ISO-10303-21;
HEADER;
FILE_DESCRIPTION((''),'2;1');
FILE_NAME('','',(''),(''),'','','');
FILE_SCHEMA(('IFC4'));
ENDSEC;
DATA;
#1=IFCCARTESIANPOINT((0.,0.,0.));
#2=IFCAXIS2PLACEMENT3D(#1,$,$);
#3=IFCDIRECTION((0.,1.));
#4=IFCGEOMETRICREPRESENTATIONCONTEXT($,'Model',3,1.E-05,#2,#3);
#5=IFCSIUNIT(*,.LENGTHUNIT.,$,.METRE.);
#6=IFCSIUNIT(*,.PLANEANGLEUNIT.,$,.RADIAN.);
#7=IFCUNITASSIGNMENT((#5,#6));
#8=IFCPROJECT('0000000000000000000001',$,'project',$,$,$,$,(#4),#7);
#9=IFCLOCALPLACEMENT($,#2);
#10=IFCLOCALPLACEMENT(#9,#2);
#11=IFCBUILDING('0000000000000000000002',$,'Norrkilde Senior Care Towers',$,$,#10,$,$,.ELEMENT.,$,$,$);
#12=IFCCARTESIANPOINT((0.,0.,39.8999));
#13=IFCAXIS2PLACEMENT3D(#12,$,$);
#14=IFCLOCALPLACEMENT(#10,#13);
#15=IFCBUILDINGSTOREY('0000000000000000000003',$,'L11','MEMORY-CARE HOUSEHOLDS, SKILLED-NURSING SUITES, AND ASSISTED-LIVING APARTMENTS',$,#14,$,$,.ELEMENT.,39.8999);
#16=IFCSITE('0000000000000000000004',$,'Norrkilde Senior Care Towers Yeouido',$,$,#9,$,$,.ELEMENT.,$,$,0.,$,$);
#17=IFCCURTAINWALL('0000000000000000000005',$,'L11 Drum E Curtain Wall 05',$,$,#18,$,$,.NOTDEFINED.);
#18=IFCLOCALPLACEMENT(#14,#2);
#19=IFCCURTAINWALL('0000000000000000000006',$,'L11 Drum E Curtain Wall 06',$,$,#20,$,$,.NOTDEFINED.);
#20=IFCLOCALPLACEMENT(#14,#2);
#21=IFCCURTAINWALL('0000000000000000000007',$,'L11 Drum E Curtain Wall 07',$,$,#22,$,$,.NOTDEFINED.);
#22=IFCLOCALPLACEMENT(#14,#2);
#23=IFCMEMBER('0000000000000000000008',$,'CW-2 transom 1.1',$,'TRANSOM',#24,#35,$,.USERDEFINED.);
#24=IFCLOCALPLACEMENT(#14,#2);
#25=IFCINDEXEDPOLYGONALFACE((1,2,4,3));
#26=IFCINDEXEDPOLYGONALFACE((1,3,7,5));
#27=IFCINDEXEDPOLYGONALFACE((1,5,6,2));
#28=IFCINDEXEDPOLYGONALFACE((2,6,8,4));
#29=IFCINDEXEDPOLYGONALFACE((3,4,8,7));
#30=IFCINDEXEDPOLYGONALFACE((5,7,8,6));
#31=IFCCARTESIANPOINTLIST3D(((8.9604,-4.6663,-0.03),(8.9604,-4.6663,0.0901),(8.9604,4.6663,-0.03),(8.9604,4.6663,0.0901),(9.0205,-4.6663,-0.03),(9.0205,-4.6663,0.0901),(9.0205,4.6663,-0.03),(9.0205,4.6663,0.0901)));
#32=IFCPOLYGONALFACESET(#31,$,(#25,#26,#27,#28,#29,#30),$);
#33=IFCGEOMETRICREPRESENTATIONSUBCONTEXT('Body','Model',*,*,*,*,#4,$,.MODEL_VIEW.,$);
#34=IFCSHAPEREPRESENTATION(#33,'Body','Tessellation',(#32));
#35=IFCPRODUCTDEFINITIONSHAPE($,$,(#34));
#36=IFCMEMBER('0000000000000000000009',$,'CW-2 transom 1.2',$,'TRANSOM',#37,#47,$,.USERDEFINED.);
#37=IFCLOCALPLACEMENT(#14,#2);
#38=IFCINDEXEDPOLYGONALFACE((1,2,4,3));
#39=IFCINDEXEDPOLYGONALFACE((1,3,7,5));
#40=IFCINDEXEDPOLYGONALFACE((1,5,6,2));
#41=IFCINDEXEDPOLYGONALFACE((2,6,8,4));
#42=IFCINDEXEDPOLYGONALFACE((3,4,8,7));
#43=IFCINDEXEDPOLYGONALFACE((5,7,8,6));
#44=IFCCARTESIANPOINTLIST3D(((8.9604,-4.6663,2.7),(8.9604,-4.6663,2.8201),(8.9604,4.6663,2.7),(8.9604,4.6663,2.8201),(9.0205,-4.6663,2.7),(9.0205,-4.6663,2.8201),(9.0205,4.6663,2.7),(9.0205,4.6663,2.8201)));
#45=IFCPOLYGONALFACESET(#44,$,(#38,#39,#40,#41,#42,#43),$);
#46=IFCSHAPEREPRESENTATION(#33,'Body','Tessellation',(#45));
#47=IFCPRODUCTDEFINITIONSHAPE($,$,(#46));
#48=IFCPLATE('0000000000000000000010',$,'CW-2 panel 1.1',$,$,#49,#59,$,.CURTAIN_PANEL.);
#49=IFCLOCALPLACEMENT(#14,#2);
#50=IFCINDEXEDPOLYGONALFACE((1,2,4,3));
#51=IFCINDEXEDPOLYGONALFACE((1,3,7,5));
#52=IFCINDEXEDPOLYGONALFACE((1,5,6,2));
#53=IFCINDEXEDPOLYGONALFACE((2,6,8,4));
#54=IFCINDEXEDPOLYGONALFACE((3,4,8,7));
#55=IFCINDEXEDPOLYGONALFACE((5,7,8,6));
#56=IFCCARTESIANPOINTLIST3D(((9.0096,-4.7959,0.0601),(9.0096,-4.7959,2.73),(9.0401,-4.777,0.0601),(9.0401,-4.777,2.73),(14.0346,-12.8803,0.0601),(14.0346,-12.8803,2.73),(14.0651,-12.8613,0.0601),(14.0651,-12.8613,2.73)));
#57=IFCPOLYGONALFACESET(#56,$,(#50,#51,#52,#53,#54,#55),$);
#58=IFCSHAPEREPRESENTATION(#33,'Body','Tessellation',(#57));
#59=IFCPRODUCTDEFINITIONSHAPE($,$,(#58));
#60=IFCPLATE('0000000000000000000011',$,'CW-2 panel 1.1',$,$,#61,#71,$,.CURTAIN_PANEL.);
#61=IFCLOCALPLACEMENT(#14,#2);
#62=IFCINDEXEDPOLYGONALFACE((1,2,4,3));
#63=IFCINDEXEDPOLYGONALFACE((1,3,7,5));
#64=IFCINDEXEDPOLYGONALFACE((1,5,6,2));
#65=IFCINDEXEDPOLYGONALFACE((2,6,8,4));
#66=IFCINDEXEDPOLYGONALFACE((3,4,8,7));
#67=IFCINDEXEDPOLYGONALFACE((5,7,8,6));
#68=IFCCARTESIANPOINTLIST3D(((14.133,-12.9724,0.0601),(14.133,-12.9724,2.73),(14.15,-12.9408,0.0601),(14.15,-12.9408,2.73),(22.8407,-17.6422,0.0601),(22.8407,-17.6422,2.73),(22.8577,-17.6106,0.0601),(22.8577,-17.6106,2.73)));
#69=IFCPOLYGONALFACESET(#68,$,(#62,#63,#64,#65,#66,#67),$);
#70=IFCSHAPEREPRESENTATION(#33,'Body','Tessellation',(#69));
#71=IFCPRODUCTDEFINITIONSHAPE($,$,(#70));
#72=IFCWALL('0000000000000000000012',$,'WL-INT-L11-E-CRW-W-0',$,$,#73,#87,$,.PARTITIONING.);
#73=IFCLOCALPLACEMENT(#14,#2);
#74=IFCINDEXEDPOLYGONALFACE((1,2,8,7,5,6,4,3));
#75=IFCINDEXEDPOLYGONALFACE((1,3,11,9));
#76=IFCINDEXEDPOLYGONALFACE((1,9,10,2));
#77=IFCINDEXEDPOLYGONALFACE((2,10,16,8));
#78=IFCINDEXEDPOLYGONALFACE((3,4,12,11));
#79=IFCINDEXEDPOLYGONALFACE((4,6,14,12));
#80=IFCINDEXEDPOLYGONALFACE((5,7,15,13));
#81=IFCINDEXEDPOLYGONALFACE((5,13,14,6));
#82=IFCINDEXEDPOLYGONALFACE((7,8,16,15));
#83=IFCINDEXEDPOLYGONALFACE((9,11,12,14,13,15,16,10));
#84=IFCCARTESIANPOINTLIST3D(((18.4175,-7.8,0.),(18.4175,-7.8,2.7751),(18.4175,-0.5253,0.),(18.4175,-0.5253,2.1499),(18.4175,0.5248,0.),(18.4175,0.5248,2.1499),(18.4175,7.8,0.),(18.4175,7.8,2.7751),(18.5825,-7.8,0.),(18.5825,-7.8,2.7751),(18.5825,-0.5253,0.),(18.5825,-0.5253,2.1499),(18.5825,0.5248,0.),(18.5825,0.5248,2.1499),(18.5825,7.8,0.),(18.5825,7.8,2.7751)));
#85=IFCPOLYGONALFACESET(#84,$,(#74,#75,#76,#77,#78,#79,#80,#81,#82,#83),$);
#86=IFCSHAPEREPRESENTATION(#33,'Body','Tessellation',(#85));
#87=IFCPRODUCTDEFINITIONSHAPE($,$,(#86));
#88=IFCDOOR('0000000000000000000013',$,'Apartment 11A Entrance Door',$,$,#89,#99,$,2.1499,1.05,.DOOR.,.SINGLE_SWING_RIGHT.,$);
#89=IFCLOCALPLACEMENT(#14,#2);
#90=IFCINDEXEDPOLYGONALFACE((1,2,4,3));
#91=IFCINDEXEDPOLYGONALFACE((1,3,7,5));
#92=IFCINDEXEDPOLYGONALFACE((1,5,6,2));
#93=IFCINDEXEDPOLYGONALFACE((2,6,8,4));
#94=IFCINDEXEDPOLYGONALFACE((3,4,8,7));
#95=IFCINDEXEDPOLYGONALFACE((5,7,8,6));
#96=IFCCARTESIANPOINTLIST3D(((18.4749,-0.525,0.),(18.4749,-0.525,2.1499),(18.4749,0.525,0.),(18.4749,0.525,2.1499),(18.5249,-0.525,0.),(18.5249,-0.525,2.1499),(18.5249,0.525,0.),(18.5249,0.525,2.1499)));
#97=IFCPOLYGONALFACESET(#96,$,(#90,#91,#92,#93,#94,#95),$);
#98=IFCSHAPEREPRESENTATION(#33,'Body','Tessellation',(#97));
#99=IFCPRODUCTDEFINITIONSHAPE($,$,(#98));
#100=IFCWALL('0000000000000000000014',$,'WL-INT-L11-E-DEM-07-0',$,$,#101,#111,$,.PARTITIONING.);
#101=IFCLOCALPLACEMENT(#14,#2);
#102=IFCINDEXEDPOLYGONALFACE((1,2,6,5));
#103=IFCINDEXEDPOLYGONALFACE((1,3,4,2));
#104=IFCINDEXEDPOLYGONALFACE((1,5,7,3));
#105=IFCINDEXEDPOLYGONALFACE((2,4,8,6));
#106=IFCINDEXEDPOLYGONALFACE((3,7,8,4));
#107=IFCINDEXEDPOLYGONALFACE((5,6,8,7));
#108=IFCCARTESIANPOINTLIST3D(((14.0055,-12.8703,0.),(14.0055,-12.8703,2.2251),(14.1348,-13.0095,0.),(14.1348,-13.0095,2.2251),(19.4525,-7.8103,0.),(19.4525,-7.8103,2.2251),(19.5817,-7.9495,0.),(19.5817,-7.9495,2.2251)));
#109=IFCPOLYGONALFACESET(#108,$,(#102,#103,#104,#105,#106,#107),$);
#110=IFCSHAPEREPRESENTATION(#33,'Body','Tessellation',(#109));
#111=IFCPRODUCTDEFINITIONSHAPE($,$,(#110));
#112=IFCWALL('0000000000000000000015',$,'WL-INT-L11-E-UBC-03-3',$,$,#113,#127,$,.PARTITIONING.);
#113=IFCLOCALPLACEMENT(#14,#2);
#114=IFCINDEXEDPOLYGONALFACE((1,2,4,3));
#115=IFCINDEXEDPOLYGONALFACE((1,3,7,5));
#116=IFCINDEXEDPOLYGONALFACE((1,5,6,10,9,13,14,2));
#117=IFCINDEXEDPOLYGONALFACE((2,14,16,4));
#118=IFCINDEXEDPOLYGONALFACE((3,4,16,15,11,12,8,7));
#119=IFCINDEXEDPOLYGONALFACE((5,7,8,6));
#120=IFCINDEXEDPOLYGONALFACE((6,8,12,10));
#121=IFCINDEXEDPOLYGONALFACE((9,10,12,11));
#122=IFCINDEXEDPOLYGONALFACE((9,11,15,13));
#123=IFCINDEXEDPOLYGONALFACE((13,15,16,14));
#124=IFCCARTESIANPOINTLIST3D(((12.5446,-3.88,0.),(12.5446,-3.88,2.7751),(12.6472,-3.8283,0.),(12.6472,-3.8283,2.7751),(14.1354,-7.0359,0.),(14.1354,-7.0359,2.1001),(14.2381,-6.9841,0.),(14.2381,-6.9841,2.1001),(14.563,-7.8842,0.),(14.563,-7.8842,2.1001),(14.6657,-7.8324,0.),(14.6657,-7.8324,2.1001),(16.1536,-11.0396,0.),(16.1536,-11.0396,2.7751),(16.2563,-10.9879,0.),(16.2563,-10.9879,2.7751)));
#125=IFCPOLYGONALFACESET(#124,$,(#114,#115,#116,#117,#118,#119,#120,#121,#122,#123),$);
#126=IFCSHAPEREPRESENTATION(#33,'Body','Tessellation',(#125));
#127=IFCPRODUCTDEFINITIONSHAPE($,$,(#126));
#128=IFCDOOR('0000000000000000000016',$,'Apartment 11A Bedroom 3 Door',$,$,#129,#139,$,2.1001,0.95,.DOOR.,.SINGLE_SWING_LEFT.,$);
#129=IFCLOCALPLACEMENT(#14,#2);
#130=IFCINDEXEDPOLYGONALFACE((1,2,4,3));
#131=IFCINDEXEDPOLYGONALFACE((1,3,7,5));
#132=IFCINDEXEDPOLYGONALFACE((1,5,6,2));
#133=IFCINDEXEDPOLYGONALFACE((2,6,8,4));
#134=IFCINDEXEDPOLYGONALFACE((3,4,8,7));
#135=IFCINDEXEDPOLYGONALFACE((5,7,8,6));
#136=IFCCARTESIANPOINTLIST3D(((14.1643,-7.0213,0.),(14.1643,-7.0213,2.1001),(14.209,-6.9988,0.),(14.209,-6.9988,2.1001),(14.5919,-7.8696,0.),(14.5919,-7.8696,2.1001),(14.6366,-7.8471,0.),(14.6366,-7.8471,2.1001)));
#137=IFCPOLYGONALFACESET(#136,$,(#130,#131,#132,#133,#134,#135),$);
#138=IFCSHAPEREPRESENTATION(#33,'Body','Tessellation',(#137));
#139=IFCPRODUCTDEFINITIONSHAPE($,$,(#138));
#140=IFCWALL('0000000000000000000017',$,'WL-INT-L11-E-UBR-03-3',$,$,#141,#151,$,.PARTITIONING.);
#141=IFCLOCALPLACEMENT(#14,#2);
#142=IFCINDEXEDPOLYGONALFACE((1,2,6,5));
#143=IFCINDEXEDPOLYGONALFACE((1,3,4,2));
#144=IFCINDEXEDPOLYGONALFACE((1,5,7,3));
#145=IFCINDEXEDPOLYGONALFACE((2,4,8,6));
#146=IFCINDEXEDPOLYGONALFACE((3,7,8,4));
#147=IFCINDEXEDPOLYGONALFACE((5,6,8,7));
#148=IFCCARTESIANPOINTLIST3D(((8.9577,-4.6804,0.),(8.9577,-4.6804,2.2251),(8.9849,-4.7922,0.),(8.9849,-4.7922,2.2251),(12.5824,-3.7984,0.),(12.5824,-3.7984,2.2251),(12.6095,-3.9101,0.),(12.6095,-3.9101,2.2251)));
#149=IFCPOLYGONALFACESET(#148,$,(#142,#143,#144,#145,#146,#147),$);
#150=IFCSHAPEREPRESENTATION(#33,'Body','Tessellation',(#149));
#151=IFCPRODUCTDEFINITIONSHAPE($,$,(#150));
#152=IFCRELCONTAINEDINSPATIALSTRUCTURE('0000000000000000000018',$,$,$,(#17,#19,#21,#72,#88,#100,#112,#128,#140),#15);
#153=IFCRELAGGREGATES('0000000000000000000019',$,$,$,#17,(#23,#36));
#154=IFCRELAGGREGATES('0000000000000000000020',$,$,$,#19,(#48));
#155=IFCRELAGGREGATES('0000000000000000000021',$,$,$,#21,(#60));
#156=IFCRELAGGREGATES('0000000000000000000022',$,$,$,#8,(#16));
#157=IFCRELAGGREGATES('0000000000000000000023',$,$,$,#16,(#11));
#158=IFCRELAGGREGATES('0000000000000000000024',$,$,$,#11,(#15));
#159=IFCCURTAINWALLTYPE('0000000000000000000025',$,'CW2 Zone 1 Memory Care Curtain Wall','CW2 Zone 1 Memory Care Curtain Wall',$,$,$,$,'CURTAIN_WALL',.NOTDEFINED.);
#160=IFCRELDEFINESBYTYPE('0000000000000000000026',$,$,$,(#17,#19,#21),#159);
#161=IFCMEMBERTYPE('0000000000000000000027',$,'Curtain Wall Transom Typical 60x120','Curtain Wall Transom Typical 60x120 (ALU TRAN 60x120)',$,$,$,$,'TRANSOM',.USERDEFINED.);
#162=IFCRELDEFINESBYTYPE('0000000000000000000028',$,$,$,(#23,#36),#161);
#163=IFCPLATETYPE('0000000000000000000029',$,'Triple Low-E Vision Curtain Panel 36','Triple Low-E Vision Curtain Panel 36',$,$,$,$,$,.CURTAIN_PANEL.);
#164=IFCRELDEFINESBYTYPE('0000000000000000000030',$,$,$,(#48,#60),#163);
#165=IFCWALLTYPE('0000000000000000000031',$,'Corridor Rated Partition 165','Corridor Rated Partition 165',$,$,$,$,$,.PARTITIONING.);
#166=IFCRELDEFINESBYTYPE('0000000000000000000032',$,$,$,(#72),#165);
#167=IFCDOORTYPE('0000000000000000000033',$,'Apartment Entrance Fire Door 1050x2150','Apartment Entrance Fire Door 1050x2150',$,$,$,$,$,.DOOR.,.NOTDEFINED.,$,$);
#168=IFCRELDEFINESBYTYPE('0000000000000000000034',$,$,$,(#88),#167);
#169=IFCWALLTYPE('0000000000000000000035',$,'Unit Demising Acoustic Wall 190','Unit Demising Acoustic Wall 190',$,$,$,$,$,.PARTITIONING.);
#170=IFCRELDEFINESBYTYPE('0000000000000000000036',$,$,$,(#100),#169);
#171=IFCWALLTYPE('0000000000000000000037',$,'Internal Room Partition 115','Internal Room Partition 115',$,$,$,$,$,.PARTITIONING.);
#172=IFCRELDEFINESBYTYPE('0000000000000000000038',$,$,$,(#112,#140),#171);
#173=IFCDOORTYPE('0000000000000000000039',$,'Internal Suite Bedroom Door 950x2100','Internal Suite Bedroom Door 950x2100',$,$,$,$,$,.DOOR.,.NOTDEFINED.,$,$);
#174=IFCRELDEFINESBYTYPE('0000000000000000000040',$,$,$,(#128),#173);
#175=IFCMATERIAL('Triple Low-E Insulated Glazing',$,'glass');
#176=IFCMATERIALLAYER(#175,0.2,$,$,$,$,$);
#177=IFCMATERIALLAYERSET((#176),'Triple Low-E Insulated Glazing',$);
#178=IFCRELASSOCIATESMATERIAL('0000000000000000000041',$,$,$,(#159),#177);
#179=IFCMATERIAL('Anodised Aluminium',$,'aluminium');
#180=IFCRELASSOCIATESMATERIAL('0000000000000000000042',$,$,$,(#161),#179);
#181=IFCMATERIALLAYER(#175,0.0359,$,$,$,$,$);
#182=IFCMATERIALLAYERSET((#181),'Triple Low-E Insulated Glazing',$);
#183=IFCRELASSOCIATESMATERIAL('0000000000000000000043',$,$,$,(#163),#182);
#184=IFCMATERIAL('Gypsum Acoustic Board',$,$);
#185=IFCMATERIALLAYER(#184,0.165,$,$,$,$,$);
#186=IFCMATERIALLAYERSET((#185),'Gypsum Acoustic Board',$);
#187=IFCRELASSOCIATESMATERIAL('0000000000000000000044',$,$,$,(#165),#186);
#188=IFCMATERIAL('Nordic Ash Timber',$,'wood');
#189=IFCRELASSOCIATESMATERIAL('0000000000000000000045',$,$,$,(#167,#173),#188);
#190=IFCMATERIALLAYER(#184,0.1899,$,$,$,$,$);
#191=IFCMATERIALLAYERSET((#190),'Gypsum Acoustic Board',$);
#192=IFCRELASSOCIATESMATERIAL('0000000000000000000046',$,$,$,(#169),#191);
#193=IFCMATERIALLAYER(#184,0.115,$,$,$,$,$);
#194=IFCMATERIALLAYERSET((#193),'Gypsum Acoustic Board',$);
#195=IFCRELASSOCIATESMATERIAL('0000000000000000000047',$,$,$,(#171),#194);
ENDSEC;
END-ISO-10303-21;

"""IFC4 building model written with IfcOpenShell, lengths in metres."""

from ifc_helpers import new_model, si_unit, direction, frame, frame_2d, origin, origin_2d, place, context, subcontext, project, spatial, rectangle, extrude, source, transform, mapped, material, layer, layer_set, material_profile, profile_set, type_object, type_shapes, element, fill, aggregate, save


model = new_model("IFC4")

# Units and contexts
model_context = context("Model", 3, precision=1e-05, world=origin(), true_north=direction((0.0, 1.0)))
body_context = subcontext(model_context, "Body", "Model", "MODEL_VIEW")
ifc_project = project(units=[si_unit("LENGTHUNIT", "METRE"), si_unit("PLANEANGLEUNIT", "RADIAN")], contexts=[model_context])

# Site, building, storey
site_placement = place(None, origin())
site = spatial("IfcSite", under=ifc_project, at=site_placement, Name="Norrkilde Senior Care Towers Yeouido", CompositionType="ELEMENT", RefElevation=0.0)
building_placement = place(site_placement, origin())
building = spatial("IfcBuilding", under=site, at=building_placement, Name="Norrkilde Senior Care Towers", CompositionType="ELEMENT")
storey_placement = place(building_placement, frame((0.0, 0.0, 39.8999)))
storey = spatial("IfcBuildingStorey", under=building, at=storey_placement, Name="L11", Description="MEMORY-CARE HOUSEHOLDS, SKILLED-NURSING SUITES, AND ASSISTED-LIVING APARTMENTS", CompositionType="ELEMENT", Elevation=39.8999)

# Curtain wall
ifc_material_1 = material(Name="Triple Low-E Insulated Glazing", Category="glass")
ifc_layer_1 = layer(ifc_material_1, 0.2)
ifc_layer_set_1 = layer_set([ifc_layer_1], Name="Triple Low-E Insulated Glazing")
curtain_wall_type = type_object("IfcCurtainWallType", Name="CW2 Zone 1 Memory Care Curtain Wall", Description="CW2 Zone 1 Memory Care Curtain Wall", ElementType="CURTAIN_WALL", PredefinedType="NOTDEFINED", material=ifc_layer_set_1)
curtain_wall_1_placement = place(storey_placement, origin())
curtain_wall_1 = element("IfcCurtainWall", 1, at=curtain_wall_1_placement, inside=storey, type_object=curtain_wall_type, Name="L11 Drum E Curtain Wall 05", PredefinedType="NOTDEFINED")
ifc_material_2 = material(Name="Anodised Aluminium", Category="aluminium")

# Curtain wall
curtain_wall_2_placement = place(storey_placement, origin())
curtain_wall_2 = element("IfcCurtainWall", 2, at=curtain_wall_2_placement, inside=storey, type_object=curtain_wall_type, Name="L11 Drum E Curtain Wall 06", PredefinedType="NOTDEFINED")

# Curtain wall
curtain_wall_3_placement = place(storey_placement, origin())
curtain_wall_3 = element("IfcCurtainWall", 3, at=curtain_wall_3_placement, inside=storey, type_object=curtain_wall_type, Name="L11 Drum E Curtain Wall 07", PredefinedType="NOTDEFINED")

# Members
ifc_material_profile_1 = material_profile(ifc_material_2, rectangle(XDim=0.0601, YDim=0.1201, at=origin_2d()), Name="ALU TRAN 60x120")
ifc_profile_set_1 = profile_set([ifc_material_profile_1], Name="Anodised Aluminium")
member_type_1 = type_object("IfcMemberType", Name="Curtain Wall Transom Typical 60x120", Description="Curtain Wall Transom Typical 60x120 (ALU TRAN 60x120)", ElementType="TRANSOM", PredefinedType="USERDEFINED", material=ifc_profile_set_1)
shared_shape_1 = source(origin(), body_context, "Body", "SweptSolid", [
    extrude(rectangle(XDim=0.0601, YDim=0.1201, at=origin_2d()), origin(), (0.0, 0.0, 1.0), 9.3325),
])
member_1_placement = place(storey_placement, frame((8.9905, -4.6663, 0.03), z_axis=(0.0, 1.0, 0.0), x_axis=(-1.0, 0.0, 0.0)))
member_1 = element("IfcMember", 4, at=member_1_placement, type_object=member_type_1, Name="CW-2 transom 1.1", ObjectType="TRANSOM", PredefinedType="USERDEFINED", context=body_context, shape_type="MappedRepresentation", body=[
    mapped(shared_shape_1, transform((0.0, 0.0, 0.0), x_axis=(1.0, 0.0, 0.0), y_axis=(0.0, 1.0, 0.0), z_axis=(0.0, 0.0, 1.0), scale=1.0)),
])
member_2_placement = place(storey_placement, frame((8.9905, -4.6663, 2.76), z_axis=(0.0, 1.0, 0.0), x_axis=(-1.0, 0.0, 0.0)))
member_2 = element("IfcMember", 5, at=member_2_placement, type_object=member_type_1, Name="CW-2 transom 1.2", ObjectType="TRANSOM", PredefinedType="USERDEFINED", context=body_context, shape_type="MappedRepresentation", body=[
    mapped(shared_shape_1, transform((0.0, 0.0, 0.0), x_axis=(1.0, 0.0, 0.0), y_axis=(0.0, 1.0, 0.0), z_axis=(0.0, 0.0, 1.0), scale=1.0)),
])
aggregate(curtain_wall_1, [member_1, member_2])

# Plates
ifc_layer_2 = layer(ifc_material_1, 0.0359)
ifc_layer_set_2 = layer_set([ifc_layer_2], Name="Triple Low-E Insulated Glazing")
plate_type = type_object("IfcPlateType", Name="Triple Low-E Vision Curtain Panel 36", Description="Triple Low-E Vision Curtain Panel 36", PredefinedType="CURTAIN_PANEL", material=ifc_layer_set_2)
shared_shape_2 = source(origin(), body_context, "Body", "SweptSolid", [
    extrude(rectangle(XDim=9.5188, YDim=0.0359, at=origin_2d()), origin(), (0.0, 0.0, 1.0), 2.6699),
])
plate_1_placement = place(storey_placement, frame((11.5374, -8.8286, 0.0601), z_axis=(0.0, 0.0, 1.0), x_axis=(-0.527901, 0.849306, 0.0)))
plate_1 = element("IfcPlate", 6, at=plate_1_placement, type_object=plate_type, Name="CW-2 panel 1.1", PredefinedType="CURTAIN_PANEL", context=body_context, shape_type="MappedRepresentation", body=[
    mapped(shared_shape_2, transform((0.0, 0.0, 0.0), x_axis=(1.0, 0.0, 0.0), y_axis=(0.0, 1.0, 0.0), z_axis=(0.0, 0.0, 1.0), scale=1.0)),
])
aggregate(curtain_wall_2, [plate_1])
shared_shape_3 = source(origin(), body_context, "Body", "SweptSolid", [
    extrude(rectangle(XDim=9.8809, YDim=0.0359, at=origin_2d()), origin(), (0.0, 0.0, 1.0), 2.6699),
])
type_shapes(plate_type, [shared_shape_2, shared_shape_3])
plate_2_placement = place(storey_placement, frame((18.4954, -15.2915, 0.0601), z_axis=(0.0, 0.0, 1.0), x_axis=(-0.881273, 0.472608, 0.0)))
plate_2 = element("IfcPlate", 7, at=plate_2_placement, type_object=plate_type, Name="CW-2 panel 1.1", PredefinedType="CURTAIN_PANEL", context=body_context, shape_type="MappedRepresentation", body=[
    mapped(shared_shape_3, transform((0.0, 0.0, 0.0), x_axis=(1.0, 0.0, 0.0), y_axis=(0.0, 1.0, 0.0), z_axis=(0.0, 0.0, 1.0), scale=1.0)),
])
aggregate(curtain_wall_3, [plate_2])

# Wall, opening, door
ifc_material_3 = material(Name="Gypsum Acoustic Board")
ifc_layer_3 = layer(ifc_material_3, 0.165)
ifc_layer_set_3 = layer_set([ifc_layer_3], Name="Gypsum Acoustic Board")
wall_type_1 = type_object("IfcWallType", Name="Corridor Rated Partition 165", Description="Corridor Rated Partition 165", PredefinedType="PARTITIONING", material=ifc_layer_set_3)
shared_shape_4 = source(origin(), body_context, "Body", "SweptSolid", [
    extrude(rectangle(XDim=15.6001, YDim=0.165, at=frame_2d((7.8, 0.0))), origin(), (0.0, 0.0, 1.0), 2.7751),
])
type_shapes(wall_type_1, [shared_shape_4])
wall_1_placement = place(storey_placement, frame((18.5, -7.8, 0.0), z_axis=(0.0, 0.0, 1.0), x_axis=(0.0, 1.0, 0.0)))
wall_1 = element("IfcWall", 8, at=wall_1_placement, inside=storey, type_object=wall_type_1, Name="WL-INT-L11-E-CRW-W-0", PredefinedType="PARTITIONING", context=body_context, shape_type="MappedRepresentation", body=[
    mapped(shared_shape_4, transform((0.0, 0.0, 0.0), x_axis=(1.0, 0.0, 0.0), y_axis=(0.0, 1.0, 0.0), z_axis=(0.0, 0.0, 1.0), scale=1.0)),
])
opening_1_placement = place(wall_1_placement, frame((7.2749, 0.0, 0.0)))
opening_1 = element("IfcOpeningElement", 9, at=opening_1_placement, cuts=wall_1, PredefinedType="OPENING", context=body_context, shape_type="SweptSolid", body=[
    extrude(rectangle(XDim=1.05, YDim=2.1499, at=frame_2d((0.5249, 1.075))), frame((0.0, 0.0925, 0.0), z_axis=(0.0, -1.0, 0.0), x_axis=(1.0, 0.0, 0.0)), (0.0, 0.0, 1.0), 0.1851),
])
ifc_material_4 = material(Name="Nordic Ash Timber", Category="wood")
door_type_1 = type_object("IfcDoorType", Name="Apartment Entrance Fire Door 1050x2150", Description="Apartment Entrance Fire Door 1050x2150", OperationType="NOTDEFINED", PredefinedType="DOOR", material=ifc_material_4)
shared_shape_5 = source(origin(), body_context, "Body", "SweptSolid", [
    extrude(rectangle(XDim=1.05, YDim=2.1499, at=frame_2d((0.5249, 1.075))), frame((0.0, 0.0249, 0.0), z_axis=(0.0, -1.0, 0.0), x_axis=(1.0, 0.0, 0.0)), (0.0, 0.0, 1.0), 0.05),
])
type_shapes(door_type_1, [shared_shape_5])
door_1_placement = place(opening_1_placement, frame((1.05, 0.0, 0.0), z_axis=(0.0, 0.0, 1.0), x_axis=(-1.0, 0.0, 0.0)))
door_1 = element("IfcDoor", 10, at=door_1_placement, inside=storey, type_object=door_type_1, Name="Apartment 11A Entrance Door", OperationType="SINGLE_SWING_RIGHT", OverallHeight=2.1499, OverallWidth=1.05, PredefinedType="DOOR", context=body_context, shape_type="MappedRepresentation", body=[
    mapped(shared_shape_5, transform((0.0, 0.0, 0.0), x_axis=(1.0, 0.0, 0.0), y_axis=(0.0, 1.0, 0.0), z_axis=(0.0, 0.0, 1.0), scale=1.0)),
])
fill(opening_1, door_1)

# Wall
ifc_layer_4 = layer(ifc_material_3, 0.1899)
ifc_layer_set_4 = layer_set([ifc_layer_4], Name="Gypsum Acoustic Board")
wall_type_2 = type_object("IfcWallType", Name="Unit Demising Acoustic Wall 190", Description="Unit Demising Acoustic Wall 190", PredefinedType="PARTITIONING", material=ifc_layer_set_4)
shared_shape_6 = source(origin(), body_context, "Body", "SweptSolid", [
    extrude(rectangle(XDim=7.4346, YDim=0.1899, at=frame_2d((3.7173, 0.0))), origin(), (0.0, 0.0, 1.0), 2.2251),
])
type_shapes(wall_type_2, [shared_shape_6])
wall_2_placement = place(storey_placement, frame((19.5171, -7.8799, 0.0), z_axis=(0.0, 0.0, 1.0), x_axis=(-0.732652, -0.680603, 0.0)))
element("IfcWall", 11, at=wall_2_placement, inside=storey, type_object=wall_type_2, Name="WL-INT-L11-E-DEM-07-0", PredefinedType="PARTITIONING", context=body_context, shape_type="MappedRepresentation", body=[
    mapped(shared_shape_6, transform((0.0, 0.0, 0.0), x_axis=(1.0, 0.0, 0.0), y_axis=(0.0, 1.0, 0.0), z_axis=(0.0, 0.0, 1.0), scale=1.0)),
])

# Wall, opening, door
ifc_layer_5 = layer(ifc_material_3, 0.115)
ifc_layer_set_5 = layer_set([ifc_layer_5], Name="Gypsum Acoustic Board")
wall_type_3 = type_object("IfcWallType", Name="Internal Room Partition 115", Description="Internal Room Partition 115", PredefinedType="PARTITIONING", material=ifc_layer_set_5)
shared_shape_7 = source(origin(), body_context, "Body", "SweptSolid", [
    extrude(rectangle(XDim=8.0178, YDim=0.115, at=frame_2d((4.0088, 0.0))), origin(), (0.0, 0.0, 1.0), 2.7751),
])
wall_3_placement = place(storey_placement, frame((12.5959, -3.8542, 0.0), z_axis=(0.0, 0.0, 1.0), x_axis=(0.450134, -0.892961, 0.0)))
wall_3 = element("IfcWall", 12, at=wall_3_placement, inside=storey, type_object=wall_type_3, Name="WL-INT-L11-E-UBC-03-3", PredefinedType="PARTITIONING", context=body_context, shape_type="MappedRepresentation", body=[
    mapped(shared_shape_7, transform((0.0, 0.0, 0.0), x_axis=(1.0, 0.0, 0.0), y_axis=(0.0, 1.0, 0.0), z_axis=(0.0, 0.0, 1.0), scale=1.0)),
])
opening_2_placement = place(wall_3_placement, frame((3.5339, 0.0, 0.0)))
opening_2 = element("IfcOpeningElement", 13, at=opening_2_placement, cuts=wall_3, PredefinedType="OPENING", context=body_context, shape_type="SweptSolid", body=[
    extrude(rectangle(XDim=0.95, YDim=2.1001, at=frame_2d((0.4751, 1.05))), frame((0.0, 0.0674, 0.0), z_axis=(0.0, -1.0, 0.0), x_axis=(1.0, 0.0, 0.0)), (0.0, 0.0, 1.0), 0.135),
])
door_type_2 = type_object("IfcDoorType", Name="Internal Suite Bedroom Door 950x2100", Description="Internal Suite Bedroom Door 950x2100", OperationType="NOTDEFINED", PredefinedType="DOOR", material=ifc_material_4)
shared_shape_8 = source(origin(), body_context, "Body", "SweptSolid", [
    extrude(rectangle(XDim=0.95, YDim=2.1001, at=frame_2d((0.4751, 1.05))), frame((0.0, 0.0249, 0.0), z_axis=(0.0, -1.0, 0.0), x_axis=(1.0, 0.0, 0.0)), (0.0, 0.0, 1.0), 0.05),
])
type_shapes(door_type_2, [shared_shape_8])
door_2_placement = place(opening_2_placement, origin())
door_2 = element("IfcDoor", 14, at=door_2_placement, inside=storey, type_object=door_type_2, Name="Apartment 11A Bedroom 3 Door", OperationType="SINGLE_SWING_LEFT", OverallHeight=2.1001, OverallWidth=0.95, PredefinedType="DOOR", context=body_context, shape_type="MappedRepresentation", body=[
    mapped(shared_shape_8, transform((0.0, 0.0, 0.0), x_axis=(1.0, 0.0, 0.0), y_axis=(0.0, 1.0, 0.0), z_axis=(0.0, 0.0, 1.0), scale=1.0)),
])
fill(opening_2, door_2)

# Wall
shared_shape_9 = source(origin(), body_context, "Body", "SweptSolid", [
    extrude(rectangle(XDim=3.7305, YDim=0.115, at=frame_2d((1.8652, 0.0))), origin(), (0.0, 0.0, 1.0), 2.2251),
])
type_shapes(wall_type_3, [shared_shape_7, shared_shape_9])
wall_4_placement = place(storey_placement, frame((12.5959, -3.8542, 0.0), z_axis=(0.0, 0.0, 1.0), x_axis=(-0.971644, -0.236448, 0.0)))
element("IfcWall", 15, at=wall_4_placement, inside=storey, type_object=wall_type_3, Name="WL-INT-L11-E-UBR-03-3", PredefinedType="PARTITIONING", context=body_context, shape_type="MappedRepresentation", body=[
    mapped(shared_shape_9, transform((0.0, 0.0, 0.0), x_axis=(1.0, 0.0, 0.0), y_axis=(0.0, 1.0, 0.0), z_axis=(0.0, 0.0, 1.0), scale=1.0)),
])

save(model, "model.ifc")
